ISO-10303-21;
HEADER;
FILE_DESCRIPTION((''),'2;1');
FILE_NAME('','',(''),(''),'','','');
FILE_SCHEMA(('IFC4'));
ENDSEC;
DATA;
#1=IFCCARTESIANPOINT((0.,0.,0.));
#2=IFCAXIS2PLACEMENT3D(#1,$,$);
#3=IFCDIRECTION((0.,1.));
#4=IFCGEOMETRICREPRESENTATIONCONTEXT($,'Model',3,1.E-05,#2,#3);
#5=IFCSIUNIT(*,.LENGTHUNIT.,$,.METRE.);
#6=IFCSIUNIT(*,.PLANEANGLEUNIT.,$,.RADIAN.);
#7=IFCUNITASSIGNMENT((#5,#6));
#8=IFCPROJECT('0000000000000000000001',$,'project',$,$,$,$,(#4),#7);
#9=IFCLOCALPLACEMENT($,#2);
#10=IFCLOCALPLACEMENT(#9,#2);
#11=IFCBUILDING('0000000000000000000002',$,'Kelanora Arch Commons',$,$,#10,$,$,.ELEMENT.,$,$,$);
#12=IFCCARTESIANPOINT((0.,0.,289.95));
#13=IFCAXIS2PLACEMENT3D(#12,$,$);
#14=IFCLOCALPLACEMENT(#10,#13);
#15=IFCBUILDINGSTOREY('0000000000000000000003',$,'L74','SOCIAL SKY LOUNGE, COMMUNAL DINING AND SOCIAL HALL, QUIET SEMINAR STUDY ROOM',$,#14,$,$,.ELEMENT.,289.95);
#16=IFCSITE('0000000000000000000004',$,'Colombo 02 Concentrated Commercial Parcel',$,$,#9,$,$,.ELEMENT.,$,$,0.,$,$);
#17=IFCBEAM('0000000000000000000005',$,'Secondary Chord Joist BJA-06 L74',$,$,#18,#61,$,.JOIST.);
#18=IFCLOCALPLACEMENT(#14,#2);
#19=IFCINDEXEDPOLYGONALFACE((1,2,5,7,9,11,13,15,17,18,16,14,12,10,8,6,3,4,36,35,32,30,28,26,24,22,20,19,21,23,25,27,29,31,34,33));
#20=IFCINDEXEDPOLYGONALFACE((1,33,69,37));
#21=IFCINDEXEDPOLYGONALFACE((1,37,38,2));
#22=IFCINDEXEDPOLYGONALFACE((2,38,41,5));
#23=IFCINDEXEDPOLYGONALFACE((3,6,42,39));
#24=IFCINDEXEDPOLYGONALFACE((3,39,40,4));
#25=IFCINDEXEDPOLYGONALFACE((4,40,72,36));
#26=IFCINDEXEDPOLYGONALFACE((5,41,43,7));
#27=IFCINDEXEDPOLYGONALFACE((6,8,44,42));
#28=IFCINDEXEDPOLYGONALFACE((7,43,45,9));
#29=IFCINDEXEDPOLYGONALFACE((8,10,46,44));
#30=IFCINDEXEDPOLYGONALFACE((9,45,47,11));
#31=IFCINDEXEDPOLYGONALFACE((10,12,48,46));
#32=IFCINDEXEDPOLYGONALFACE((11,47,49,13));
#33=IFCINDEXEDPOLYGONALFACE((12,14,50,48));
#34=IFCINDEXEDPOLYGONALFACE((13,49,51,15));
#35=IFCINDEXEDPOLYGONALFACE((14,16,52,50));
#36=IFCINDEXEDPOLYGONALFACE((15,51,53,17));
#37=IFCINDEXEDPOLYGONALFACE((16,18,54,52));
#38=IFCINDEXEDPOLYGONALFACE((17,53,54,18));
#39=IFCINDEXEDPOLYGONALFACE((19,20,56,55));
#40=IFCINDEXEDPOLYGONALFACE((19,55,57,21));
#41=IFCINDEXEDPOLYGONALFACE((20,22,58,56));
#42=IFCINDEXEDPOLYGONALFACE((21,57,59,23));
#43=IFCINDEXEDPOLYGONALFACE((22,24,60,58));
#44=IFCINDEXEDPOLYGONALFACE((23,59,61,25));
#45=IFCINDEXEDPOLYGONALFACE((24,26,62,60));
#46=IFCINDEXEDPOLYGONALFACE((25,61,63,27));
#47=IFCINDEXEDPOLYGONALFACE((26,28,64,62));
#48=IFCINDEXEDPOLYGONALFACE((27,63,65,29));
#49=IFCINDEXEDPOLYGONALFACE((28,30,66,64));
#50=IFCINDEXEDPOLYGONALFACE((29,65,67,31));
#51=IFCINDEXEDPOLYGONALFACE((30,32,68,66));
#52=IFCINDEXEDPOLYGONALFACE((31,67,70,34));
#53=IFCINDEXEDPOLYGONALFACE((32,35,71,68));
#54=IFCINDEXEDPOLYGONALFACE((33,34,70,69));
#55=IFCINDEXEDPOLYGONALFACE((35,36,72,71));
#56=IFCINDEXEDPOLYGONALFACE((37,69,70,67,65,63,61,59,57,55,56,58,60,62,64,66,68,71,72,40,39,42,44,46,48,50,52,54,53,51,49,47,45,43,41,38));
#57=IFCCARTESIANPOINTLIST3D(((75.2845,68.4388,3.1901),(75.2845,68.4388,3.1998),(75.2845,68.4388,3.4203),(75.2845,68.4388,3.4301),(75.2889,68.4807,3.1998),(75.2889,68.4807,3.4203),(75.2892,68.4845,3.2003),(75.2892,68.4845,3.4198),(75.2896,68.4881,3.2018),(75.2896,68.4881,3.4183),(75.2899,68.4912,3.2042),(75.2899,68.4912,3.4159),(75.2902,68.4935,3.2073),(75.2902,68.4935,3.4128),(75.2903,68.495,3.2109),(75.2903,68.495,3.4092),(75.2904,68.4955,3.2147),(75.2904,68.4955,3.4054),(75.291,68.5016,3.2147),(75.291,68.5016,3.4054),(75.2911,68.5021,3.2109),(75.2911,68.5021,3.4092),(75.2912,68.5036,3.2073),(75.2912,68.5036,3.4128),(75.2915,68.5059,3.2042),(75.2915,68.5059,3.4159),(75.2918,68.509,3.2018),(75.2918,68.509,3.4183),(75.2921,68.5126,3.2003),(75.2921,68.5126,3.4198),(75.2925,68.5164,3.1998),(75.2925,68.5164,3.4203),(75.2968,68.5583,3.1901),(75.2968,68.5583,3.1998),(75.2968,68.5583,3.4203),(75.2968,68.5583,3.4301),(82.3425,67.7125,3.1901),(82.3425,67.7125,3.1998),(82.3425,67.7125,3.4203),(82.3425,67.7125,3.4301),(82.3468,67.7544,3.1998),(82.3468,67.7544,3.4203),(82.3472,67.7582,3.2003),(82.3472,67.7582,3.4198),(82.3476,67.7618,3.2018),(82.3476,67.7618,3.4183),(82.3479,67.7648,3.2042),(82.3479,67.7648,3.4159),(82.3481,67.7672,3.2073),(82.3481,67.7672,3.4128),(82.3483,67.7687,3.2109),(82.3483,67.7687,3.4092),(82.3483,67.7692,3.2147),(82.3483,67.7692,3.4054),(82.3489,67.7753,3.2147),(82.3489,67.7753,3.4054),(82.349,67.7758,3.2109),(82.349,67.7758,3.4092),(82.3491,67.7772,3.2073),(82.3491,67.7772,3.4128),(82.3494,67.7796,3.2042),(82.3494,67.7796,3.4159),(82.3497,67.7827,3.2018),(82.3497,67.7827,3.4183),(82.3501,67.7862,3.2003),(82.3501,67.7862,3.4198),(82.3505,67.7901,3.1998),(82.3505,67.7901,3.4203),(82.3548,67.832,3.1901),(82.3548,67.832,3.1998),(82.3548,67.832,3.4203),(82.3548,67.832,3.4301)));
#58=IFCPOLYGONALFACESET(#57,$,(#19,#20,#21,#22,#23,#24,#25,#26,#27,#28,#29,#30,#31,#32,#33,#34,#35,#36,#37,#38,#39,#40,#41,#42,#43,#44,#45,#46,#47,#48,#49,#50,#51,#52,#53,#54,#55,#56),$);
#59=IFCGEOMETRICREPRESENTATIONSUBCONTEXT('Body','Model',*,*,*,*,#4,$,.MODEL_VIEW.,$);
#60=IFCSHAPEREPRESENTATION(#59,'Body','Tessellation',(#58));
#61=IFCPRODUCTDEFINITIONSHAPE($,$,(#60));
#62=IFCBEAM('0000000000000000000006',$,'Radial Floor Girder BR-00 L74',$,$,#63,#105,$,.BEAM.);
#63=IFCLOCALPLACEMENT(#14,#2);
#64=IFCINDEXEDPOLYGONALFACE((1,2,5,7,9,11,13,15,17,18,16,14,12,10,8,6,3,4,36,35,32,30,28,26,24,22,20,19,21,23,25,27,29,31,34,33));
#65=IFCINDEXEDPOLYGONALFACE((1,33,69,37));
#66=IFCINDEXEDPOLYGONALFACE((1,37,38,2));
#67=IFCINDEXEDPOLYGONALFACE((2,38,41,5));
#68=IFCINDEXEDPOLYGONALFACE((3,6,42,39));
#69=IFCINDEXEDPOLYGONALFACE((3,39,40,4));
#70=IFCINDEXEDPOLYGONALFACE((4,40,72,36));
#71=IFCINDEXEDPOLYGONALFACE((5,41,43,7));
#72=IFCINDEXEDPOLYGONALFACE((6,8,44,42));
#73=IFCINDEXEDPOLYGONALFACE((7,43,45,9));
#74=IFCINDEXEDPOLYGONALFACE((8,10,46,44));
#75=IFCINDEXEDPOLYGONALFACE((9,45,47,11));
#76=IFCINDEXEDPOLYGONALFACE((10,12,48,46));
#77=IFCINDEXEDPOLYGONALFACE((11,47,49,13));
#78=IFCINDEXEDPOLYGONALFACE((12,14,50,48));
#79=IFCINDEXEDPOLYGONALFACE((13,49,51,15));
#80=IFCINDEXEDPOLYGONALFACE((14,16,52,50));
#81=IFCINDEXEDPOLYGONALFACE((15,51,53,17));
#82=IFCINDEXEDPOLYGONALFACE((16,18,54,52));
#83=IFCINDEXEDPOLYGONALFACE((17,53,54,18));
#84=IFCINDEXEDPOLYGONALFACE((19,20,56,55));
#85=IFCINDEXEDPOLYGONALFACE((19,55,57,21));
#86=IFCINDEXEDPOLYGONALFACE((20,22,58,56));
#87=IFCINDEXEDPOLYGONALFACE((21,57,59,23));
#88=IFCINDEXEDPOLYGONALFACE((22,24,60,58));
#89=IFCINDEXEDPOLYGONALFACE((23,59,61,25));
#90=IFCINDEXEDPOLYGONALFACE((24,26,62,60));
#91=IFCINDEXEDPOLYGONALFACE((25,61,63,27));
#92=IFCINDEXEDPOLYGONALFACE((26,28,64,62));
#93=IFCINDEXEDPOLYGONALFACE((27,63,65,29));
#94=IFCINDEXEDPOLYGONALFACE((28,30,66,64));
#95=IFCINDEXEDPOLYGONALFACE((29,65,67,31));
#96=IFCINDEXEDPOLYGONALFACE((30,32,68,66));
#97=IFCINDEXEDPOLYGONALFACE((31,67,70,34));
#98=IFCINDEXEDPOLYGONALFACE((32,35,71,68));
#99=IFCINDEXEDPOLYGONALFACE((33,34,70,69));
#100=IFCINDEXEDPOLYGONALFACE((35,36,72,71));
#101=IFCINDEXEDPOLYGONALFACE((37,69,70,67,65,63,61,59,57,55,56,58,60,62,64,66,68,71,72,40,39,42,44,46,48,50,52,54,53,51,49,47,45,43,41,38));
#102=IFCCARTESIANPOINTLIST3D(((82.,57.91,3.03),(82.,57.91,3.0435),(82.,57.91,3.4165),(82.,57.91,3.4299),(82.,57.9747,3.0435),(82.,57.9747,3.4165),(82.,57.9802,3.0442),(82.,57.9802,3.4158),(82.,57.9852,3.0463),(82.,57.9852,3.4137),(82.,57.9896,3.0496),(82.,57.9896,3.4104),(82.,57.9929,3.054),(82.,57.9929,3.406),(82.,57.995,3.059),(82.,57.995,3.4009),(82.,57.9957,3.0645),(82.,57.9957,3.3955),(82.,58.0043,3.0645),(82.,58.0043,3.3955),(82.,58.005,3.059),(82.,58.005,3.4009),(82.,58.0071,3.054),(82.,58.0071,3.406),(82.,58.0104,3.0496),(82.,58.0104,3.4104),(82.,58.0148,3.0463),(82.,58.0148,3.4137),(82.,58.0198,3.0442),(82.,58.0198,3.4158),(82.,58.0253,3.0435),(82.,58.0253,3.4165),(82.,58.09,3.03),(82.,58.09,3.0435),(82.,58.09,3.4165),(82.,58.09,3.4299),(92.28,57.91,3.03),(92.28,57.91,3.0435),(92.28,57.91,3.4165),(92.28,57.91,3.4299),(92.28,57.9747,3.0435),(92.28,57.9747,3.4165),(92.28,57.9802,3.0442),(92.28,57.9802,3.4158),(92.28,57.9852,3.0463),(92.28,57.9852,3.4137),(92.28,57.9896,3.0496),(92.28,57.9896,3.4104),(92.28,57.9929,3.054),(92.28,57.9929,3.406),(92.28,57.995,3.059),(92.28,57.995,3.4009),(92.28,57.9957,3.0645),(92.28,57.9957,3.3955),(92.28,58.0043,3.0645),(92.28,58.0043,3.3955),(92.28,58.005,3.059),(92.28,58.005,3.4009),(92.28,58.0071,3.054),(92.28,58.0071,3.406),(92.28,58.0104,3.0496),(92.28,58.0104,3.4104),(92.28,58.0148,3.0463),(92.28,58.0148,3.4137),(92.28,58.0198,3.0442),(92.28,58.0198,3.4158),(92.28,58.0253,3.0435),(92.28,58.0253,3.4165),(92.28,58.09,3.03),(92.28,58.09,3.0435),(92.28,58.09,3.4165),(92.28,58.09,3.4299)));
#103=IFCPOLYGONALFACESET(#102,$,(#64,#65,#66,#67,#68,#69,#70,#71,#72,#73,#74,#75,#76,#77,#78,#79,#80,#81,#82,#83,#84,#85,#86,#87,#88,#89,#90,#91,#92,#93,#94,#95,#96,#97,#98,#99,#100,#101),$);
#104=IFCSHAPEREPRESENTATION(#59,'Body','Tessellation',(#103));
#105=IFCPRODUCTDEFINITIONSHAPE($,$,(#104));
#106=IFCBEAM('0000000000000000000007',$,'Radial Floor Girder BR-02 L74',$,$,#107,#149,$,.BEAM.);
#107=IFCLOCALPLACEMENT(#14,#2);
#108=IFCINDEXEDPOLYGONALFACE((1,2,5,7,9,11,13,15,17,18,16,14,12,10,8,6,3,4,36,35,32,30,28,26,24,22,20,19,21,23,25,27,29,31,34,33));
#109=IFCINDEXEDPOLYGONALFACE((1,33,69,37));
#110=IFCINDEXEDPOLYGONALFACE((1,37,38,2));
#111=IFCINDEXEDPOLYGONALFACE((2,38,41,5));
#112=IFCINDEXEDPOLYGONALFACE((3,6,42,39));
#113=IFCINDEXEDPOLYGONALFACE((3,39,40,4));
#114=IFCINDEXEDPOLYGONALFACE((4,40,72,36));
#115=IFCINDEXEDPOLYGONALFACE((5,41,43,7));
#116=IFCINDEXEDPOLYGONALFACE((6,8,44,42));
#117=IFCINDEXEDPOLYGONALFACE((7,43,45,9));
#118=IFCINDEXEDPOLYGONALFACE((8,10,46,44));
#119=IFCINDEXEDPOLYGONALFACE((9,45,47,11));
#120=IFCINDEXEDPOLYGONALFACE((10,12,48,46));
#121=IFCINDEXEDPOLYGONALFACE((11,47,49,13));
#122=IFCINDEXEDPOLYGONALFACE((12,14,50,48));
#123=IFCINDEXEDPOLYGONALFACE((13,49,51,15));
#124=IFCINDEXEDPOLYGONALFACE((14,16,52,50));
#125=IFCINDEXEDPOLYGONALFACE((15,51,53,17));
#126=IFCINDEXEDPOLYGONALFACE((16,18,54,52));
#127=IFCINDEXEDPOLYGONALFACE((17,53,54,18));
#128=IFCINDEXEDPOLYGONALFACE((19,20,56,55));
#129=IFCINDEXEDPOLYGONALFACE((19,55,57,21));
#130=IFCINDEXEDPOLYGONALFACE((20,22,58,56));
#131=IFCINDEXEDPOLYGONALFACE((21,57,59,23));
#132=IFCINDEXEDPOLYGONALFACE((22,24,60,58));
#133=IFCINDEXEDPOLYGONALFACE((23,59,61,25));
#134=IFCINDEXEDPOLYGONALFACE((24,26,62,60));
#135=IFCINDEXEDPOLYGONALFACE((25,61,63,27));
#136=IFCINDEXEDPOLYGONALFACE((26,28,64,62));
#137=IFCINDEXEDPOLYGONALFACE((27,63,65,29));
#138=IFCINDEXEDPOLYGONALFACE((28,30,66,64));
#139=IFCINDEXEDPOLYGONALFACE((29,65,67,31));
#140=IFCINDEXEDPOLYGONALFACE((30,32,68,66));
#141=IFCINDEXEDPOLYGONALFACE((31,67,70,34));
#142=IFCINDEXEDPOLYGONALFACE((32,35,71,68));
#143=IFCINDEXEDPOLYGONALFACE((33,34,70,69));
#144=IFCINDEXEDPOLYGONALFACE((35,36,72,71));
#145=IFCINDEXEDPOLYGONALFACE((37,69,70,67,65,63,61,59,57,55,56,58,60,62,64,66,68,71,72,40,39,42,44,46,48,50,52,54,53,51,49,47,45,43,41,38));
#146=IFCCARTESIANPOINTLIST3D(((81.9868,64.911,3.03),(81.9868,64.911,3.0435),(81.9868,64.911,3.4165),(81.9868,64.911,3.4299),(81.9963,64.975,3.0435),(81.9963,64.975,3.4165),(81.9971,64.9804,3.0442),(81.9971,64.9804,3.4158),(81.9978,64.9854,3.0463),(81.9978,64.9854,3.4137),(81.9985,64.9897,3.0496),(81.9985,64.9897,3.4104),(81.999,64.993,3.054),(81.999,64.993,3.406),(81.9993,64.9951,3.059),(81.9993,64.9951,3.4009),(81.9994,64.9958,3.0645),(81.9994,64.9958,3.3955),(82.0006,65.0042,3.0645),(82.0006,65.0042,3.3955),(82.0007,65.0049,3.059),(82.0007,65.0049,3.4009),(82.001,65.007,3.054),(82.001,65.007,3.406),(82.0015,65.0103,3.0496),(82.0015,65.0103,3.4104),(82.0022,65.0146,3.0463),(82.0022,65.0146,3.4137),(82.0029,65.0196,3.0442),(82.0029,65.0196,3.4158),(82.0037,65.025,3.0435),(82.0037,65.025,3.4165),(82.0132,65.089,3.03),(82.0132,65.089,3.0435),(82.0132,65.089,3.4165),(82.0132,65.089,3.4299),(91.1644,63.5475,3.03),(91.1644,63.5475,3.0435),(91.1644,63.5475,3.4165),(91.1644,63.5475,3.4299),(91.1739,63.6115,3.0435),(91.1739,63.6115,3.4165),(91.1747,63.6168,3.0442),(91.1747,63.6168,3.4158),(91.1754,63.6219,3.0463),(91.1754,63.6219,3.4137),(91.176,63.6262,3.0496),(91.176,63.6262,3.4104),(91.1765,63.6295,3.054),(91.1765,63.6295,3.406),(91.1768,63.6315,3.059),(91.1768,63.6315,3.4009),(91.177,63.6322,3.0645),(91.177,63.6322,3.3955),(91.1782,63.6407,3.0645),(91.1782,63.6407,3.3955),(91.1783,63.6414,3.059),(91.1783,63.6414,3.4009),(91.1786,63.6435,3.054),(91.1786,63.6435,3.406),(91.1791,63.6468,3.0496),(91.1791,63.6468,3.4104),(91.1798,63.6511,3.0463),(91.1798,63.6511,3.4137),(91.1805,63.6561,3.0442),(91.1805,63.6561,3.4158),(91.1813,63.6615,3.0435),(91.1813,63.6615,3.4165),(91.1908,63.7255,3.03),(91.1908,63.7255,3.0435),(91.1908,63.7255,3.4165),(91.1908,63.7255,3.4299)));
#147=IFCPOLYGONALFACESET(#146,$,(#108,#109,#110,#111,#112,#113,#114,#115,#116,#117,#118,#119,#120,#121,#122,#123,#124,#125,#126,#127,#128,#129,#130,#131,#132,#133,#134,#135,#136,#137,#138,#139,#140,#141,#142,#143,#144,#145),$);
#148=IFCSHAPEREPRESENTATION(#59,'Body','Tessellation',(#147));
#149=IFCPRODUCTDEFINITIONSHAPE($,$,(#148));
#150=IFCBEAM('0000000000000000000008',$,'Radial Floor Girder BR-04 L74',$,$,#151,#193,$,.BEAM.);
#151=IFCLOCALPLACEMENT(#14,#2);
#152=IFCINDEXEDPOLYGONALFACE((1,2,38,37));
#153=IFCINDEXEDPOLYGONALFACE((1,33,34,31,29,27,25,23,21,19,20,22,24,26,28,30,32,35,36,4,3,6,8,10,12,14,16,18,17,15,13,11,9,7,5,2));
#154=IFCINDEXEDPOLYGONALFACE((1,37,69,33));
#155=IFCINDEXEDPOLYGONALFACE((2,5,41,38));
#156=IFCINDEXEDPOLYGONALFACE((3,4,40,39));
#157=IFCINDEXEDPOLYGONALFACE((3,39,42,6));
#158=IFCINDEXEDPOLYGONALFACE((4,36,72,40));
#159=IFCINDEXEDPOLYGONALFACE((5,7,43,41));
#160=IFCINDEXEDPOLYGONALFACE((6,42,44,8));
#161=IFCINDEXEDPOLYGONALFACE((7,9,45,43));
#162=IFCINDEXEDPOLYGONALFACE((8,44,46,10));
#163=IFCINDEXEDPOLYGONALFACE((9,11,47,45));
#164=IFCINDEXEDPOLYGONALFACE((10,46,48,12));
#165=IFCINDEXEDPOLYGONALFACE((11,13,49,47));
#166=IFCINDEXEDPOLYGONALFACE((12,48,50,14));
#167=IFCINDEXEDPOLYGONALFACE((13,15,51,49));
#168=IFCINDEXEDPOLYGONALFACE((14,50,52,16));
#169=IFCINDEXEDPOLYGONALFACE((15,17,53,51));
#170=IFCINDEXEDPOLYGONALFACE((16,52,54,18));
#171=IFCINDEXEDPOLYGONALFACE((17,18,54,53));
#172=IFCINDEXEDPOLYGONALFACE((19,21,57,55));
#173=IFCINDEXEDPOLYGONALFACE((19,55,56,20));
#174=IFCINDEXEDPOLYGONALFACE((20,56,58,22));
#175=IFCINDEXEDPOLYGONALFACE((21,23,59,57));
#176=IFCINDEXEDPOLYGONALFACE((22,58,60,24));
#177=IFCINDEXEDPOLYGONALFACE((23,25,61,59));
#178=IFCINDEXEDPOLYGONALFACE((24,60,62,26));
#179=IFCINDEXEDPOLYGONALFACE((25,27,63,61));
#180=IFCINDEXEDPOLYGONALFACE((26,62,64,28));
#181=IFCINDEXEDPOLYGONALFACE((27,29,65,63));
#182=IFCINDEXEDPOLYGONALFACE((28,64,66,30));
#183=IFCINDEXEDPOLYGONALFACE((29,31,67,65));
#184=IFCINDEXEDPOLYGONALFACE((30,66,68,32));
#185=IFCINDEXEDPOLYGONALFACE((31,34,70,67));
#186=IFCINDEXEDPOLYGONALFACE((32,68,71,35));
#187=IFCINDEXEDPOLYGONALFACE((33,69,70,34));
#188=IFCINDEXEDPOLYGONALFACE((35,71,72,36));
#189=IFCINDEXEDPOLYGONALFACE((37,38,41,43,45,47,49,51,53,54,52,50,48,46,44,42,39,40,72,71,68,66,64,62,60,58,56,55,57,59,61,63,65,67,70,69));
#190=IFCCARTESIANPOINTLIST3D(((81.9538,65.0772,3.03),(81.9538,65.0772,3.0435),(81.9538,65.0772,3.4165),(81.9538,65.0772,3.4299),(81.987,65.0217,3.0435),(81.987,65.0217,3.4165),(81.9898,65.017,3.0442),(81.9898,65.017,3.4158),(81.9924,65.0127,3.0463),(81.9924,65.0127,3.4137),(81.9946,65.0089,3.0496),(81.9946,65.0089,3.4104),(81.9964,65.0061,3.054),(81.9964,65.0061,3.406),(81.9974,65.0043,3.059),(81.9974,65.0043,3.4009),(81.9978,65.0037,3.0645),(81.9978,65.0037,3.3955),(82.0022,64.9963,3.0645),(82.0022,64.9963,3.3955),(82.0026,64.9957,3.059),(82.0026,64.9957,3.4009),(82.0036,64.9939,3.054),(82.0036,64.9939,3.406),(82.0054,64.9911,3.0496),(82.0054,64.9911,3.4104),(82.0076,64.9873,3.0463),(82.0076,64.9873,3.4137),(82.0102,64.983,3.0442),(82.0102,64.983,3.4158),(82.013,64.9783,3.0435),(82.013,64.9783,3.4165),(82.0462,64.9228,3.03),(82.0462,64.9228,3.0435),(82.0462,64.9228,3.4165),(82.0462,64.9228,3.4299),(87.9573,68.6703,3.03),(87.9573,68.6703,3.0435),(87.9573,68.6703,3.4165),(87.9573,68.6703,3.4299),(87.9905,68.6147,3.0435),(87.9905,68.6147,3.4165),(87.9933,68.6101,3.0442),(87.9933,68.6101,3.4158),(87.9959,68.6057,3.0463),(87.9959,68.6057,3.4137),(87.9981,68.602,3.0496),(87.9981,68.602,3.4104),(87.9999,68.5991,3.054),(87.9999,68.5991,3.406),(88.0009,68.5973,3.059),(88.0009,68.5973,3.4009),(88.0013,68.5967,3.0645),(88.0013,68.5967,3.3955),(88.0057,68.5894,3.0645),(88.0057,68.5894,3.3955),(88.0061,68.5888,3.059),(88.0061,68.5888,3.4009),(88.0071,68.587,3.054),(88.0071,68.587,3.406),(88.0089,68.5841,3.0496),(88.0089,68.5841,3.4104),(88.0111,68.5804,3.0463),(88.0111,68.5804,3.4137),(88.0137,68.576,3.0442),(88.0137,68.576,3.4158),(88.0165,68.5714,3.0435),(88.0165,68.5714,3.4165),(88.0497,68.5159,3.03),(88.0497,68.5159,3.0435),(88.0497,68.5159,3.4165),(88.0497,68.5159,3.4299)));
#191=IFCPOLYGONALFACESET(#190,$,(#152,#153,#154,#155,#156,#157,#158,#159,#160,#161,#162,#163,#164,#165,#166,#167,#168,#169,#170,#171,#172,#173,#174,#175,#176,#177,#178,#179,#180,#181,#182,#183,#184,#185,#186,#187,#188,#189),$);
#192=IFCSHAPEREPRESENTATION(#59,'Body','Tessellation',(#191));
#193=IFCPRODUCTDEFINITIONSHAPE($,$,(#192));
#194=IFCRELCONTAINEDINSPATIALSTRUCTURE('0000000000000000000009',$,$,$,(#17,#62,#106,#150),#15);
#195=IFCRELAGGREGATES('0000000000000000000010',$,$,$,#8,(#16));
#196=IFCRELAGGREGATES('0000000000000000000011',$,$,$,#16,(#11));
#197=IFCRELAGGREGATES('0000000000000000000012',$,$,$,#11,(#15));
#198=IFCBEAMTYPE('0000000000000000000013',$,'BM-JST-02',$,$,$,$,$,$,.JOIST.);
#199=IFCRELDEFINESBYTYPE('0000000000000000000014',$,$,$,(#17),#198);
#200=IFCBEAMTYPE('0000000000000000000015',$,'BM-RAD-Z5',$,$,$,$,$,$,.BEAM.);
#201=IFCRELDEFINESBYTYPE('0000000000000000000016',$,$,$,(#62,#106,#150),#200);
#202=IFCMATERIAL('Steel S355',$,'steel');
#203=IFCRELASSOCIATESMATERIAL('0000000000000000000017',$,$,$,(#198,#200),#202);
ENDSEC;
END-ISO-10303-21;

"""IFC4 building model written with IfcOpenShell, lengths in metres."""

from ifc_helpers import new_model, si_unit, direction, frame, origin, origin_2d, place, context, subcontext, project, spatial, i_section, extrude, material, material_profile, profile_set, type_object, element, save


model = new_model("IFC4")

# Units and contexts
model_context = context("Model", 3, precision=1e-05, world=origin(), true_north=direction((0.0, 1.0)))
body_context = subcontext(model_context, "Body", "Model", "MODEL_VIEW")
ifc_project = project(units=[si_unit("LENGTHUNIT", "METRE"), si_unit("PLANEANGLEUNIT", "RADIAN")], contexts=[model_context])

# Site, building, storey
site_placement = place(None, origin())
site = spatial("IfcSite", under=ifc_project, at=site_placement, Name="Colombo 02 Concentrated Commercial Parcel", CompositionType="ELEMENT", RefElevation=0.0)
building_placement = place(site_placement, origin())
building = spatial("IfcBuilding", under=site, at=building_placement, Name="Kelanora Arch Commons", CompositionType="ELEMENT")
storey_placement = place(building_placement, frame((0.0, 0.0, 289.95)))
storey = spatial("IfcBuildingStorey", under=building, at=storey_placement, Name="L74", Description="SOCIAL SKY LOUNGE, COMMUNAL DINING AND SOCIAL HALL, QUIET SEMINAR STUDY ROOM", CompositionType="ELEMENT", Elevation=289.95)

# Beams
ifc_material_1 = material(Name="Steel S355", Category="steel")
ifc_material_profile_1 = material_profile(ifc_material_1, i_section(OverallWidth=0.1201, OverallDepth=0.24, WebThickness=0.0061, FlangeThickness=0.0098, FilletRadius=0.0149, at=origin_2d()), Name="IPE240")
ifc_profile_set_1 = profile_set([ifc_material_profile_1], Name="Steel S355")
beam_type_1 = type_object("IfcBeamType", Name="BM-JST-02", PredefinedType="JOIST", material=ifc_profile_set_1)
beam_1_placement = place(storey_placement, frame((82.3486, 67.7722, 3.3101), z_axis=(-0.994747, 0.102369, 0.0), x_axis=(-0.102369, -0.994747, 0.0)))
element("IfcBeam", 1, at=beam_1_placement, inside=storey, type_object=beam_type_1, Name="Secondary Chord Joist BJA-06 L74", PredefinedType="JOIST", context=body_context, shape_type="SweptSolid", body=[
    extrude(i_section(OverallWidth=0.1201, OverallDepth=0.24, WebThickness=0.0061, FlangeThickness=0.0098, FilletRadius=0.0149, at=origin_2d()), origin(), (0.0, 0.0, 1.0), 7.0952),
])
ifc_material_profile_2 = material_profile(ifc_material_1, i_section(OverallWidth=0.1799, OverallDepth=0.3999, WebThickness=0.0085, FlangeThickness=0.0134, FilletRadius=0.021, at=origin_2d()), Name="IPE400")
ifc_profile_set_2 = profile_set([ifc_material_profile_2], Name="Steel S355")
beam_type_2 = type_object("IfcBeamType", Name="BM-RAD-Z5", PredefinedType="BEAM", material=ifc_profile_set_2)
beam_2_placement = place(storey_placement, frame((82.0, 58.0, 3.23), z_axis=(1.0, 0.0, 0.0), x_axis=(0.0, 1.0, 0.0)))
element("IfcBeam", 2, at=beam_2_placement, inside=storey, type_object=beam_type_2, Name="Radial Floor Girder BR-00 L74", PredefinedType="BEAM", context=body_context, shape_type="SweptSolid", body=[
    extrude(i_section(OverallWidth=0.1799, OverallDepth=0.3999, WebThickness=0.0085, FlangeThickness=0.0134, FilletRadius=0.021, at=origin_2d()), origin(), (0.0, 0.0, 1.0), 10.28),
])
beam_3_placement = place(storey_placement, frame((82.0, 65.0, 3.23), z_axis=(0.989142, -0.14696, 0.0), x_axis=(0.14696, 0.989142, 0.0)))
element("IfcBeam", 3, at=beam_3_placement, inside=storey, type_object=beam_type_2, Name="Radial Floor Girder BR-02 L74", PredefinedType="BEAM", context=body_context, shape_type="SweptSolid", body=[
    extrude(i_section(OverallWidth=0.1799, OverallDepth=0.3999, WebThickness=0.0085, FlangeThickness=0.0134, FilletRadius=0.021, at=origin_2d()), origin(), (0.0, 0.0, 1.0), 9.2783),
])
beam_4_placement = place(storey_placement, frame((82.0, 65.0, 3.23), z_axis=(0.858062, 0.513546, 0.0), x_axis=(-0.513546, 0.858062, 0.0)))
element("IfcBeam", 4, at=beam_4_placement, inside=storey, type_object=beam_type_2, Name="Radial Floor Girder BR-04 L74", PredefinedType="BEAM", context=body_context, shape_type="SweptSolid", body=[
    extrude(i_section(OverallWidth=0.1799, OverallDepth=0.3999, WebThickness=0.0085, FlangeThickness=0.0134, FilletRadius=0.021, at=origin_2d()), origin(), (0.0, 0.0, 1.0), 6.9966),
])

save(model, "model.ifc")
